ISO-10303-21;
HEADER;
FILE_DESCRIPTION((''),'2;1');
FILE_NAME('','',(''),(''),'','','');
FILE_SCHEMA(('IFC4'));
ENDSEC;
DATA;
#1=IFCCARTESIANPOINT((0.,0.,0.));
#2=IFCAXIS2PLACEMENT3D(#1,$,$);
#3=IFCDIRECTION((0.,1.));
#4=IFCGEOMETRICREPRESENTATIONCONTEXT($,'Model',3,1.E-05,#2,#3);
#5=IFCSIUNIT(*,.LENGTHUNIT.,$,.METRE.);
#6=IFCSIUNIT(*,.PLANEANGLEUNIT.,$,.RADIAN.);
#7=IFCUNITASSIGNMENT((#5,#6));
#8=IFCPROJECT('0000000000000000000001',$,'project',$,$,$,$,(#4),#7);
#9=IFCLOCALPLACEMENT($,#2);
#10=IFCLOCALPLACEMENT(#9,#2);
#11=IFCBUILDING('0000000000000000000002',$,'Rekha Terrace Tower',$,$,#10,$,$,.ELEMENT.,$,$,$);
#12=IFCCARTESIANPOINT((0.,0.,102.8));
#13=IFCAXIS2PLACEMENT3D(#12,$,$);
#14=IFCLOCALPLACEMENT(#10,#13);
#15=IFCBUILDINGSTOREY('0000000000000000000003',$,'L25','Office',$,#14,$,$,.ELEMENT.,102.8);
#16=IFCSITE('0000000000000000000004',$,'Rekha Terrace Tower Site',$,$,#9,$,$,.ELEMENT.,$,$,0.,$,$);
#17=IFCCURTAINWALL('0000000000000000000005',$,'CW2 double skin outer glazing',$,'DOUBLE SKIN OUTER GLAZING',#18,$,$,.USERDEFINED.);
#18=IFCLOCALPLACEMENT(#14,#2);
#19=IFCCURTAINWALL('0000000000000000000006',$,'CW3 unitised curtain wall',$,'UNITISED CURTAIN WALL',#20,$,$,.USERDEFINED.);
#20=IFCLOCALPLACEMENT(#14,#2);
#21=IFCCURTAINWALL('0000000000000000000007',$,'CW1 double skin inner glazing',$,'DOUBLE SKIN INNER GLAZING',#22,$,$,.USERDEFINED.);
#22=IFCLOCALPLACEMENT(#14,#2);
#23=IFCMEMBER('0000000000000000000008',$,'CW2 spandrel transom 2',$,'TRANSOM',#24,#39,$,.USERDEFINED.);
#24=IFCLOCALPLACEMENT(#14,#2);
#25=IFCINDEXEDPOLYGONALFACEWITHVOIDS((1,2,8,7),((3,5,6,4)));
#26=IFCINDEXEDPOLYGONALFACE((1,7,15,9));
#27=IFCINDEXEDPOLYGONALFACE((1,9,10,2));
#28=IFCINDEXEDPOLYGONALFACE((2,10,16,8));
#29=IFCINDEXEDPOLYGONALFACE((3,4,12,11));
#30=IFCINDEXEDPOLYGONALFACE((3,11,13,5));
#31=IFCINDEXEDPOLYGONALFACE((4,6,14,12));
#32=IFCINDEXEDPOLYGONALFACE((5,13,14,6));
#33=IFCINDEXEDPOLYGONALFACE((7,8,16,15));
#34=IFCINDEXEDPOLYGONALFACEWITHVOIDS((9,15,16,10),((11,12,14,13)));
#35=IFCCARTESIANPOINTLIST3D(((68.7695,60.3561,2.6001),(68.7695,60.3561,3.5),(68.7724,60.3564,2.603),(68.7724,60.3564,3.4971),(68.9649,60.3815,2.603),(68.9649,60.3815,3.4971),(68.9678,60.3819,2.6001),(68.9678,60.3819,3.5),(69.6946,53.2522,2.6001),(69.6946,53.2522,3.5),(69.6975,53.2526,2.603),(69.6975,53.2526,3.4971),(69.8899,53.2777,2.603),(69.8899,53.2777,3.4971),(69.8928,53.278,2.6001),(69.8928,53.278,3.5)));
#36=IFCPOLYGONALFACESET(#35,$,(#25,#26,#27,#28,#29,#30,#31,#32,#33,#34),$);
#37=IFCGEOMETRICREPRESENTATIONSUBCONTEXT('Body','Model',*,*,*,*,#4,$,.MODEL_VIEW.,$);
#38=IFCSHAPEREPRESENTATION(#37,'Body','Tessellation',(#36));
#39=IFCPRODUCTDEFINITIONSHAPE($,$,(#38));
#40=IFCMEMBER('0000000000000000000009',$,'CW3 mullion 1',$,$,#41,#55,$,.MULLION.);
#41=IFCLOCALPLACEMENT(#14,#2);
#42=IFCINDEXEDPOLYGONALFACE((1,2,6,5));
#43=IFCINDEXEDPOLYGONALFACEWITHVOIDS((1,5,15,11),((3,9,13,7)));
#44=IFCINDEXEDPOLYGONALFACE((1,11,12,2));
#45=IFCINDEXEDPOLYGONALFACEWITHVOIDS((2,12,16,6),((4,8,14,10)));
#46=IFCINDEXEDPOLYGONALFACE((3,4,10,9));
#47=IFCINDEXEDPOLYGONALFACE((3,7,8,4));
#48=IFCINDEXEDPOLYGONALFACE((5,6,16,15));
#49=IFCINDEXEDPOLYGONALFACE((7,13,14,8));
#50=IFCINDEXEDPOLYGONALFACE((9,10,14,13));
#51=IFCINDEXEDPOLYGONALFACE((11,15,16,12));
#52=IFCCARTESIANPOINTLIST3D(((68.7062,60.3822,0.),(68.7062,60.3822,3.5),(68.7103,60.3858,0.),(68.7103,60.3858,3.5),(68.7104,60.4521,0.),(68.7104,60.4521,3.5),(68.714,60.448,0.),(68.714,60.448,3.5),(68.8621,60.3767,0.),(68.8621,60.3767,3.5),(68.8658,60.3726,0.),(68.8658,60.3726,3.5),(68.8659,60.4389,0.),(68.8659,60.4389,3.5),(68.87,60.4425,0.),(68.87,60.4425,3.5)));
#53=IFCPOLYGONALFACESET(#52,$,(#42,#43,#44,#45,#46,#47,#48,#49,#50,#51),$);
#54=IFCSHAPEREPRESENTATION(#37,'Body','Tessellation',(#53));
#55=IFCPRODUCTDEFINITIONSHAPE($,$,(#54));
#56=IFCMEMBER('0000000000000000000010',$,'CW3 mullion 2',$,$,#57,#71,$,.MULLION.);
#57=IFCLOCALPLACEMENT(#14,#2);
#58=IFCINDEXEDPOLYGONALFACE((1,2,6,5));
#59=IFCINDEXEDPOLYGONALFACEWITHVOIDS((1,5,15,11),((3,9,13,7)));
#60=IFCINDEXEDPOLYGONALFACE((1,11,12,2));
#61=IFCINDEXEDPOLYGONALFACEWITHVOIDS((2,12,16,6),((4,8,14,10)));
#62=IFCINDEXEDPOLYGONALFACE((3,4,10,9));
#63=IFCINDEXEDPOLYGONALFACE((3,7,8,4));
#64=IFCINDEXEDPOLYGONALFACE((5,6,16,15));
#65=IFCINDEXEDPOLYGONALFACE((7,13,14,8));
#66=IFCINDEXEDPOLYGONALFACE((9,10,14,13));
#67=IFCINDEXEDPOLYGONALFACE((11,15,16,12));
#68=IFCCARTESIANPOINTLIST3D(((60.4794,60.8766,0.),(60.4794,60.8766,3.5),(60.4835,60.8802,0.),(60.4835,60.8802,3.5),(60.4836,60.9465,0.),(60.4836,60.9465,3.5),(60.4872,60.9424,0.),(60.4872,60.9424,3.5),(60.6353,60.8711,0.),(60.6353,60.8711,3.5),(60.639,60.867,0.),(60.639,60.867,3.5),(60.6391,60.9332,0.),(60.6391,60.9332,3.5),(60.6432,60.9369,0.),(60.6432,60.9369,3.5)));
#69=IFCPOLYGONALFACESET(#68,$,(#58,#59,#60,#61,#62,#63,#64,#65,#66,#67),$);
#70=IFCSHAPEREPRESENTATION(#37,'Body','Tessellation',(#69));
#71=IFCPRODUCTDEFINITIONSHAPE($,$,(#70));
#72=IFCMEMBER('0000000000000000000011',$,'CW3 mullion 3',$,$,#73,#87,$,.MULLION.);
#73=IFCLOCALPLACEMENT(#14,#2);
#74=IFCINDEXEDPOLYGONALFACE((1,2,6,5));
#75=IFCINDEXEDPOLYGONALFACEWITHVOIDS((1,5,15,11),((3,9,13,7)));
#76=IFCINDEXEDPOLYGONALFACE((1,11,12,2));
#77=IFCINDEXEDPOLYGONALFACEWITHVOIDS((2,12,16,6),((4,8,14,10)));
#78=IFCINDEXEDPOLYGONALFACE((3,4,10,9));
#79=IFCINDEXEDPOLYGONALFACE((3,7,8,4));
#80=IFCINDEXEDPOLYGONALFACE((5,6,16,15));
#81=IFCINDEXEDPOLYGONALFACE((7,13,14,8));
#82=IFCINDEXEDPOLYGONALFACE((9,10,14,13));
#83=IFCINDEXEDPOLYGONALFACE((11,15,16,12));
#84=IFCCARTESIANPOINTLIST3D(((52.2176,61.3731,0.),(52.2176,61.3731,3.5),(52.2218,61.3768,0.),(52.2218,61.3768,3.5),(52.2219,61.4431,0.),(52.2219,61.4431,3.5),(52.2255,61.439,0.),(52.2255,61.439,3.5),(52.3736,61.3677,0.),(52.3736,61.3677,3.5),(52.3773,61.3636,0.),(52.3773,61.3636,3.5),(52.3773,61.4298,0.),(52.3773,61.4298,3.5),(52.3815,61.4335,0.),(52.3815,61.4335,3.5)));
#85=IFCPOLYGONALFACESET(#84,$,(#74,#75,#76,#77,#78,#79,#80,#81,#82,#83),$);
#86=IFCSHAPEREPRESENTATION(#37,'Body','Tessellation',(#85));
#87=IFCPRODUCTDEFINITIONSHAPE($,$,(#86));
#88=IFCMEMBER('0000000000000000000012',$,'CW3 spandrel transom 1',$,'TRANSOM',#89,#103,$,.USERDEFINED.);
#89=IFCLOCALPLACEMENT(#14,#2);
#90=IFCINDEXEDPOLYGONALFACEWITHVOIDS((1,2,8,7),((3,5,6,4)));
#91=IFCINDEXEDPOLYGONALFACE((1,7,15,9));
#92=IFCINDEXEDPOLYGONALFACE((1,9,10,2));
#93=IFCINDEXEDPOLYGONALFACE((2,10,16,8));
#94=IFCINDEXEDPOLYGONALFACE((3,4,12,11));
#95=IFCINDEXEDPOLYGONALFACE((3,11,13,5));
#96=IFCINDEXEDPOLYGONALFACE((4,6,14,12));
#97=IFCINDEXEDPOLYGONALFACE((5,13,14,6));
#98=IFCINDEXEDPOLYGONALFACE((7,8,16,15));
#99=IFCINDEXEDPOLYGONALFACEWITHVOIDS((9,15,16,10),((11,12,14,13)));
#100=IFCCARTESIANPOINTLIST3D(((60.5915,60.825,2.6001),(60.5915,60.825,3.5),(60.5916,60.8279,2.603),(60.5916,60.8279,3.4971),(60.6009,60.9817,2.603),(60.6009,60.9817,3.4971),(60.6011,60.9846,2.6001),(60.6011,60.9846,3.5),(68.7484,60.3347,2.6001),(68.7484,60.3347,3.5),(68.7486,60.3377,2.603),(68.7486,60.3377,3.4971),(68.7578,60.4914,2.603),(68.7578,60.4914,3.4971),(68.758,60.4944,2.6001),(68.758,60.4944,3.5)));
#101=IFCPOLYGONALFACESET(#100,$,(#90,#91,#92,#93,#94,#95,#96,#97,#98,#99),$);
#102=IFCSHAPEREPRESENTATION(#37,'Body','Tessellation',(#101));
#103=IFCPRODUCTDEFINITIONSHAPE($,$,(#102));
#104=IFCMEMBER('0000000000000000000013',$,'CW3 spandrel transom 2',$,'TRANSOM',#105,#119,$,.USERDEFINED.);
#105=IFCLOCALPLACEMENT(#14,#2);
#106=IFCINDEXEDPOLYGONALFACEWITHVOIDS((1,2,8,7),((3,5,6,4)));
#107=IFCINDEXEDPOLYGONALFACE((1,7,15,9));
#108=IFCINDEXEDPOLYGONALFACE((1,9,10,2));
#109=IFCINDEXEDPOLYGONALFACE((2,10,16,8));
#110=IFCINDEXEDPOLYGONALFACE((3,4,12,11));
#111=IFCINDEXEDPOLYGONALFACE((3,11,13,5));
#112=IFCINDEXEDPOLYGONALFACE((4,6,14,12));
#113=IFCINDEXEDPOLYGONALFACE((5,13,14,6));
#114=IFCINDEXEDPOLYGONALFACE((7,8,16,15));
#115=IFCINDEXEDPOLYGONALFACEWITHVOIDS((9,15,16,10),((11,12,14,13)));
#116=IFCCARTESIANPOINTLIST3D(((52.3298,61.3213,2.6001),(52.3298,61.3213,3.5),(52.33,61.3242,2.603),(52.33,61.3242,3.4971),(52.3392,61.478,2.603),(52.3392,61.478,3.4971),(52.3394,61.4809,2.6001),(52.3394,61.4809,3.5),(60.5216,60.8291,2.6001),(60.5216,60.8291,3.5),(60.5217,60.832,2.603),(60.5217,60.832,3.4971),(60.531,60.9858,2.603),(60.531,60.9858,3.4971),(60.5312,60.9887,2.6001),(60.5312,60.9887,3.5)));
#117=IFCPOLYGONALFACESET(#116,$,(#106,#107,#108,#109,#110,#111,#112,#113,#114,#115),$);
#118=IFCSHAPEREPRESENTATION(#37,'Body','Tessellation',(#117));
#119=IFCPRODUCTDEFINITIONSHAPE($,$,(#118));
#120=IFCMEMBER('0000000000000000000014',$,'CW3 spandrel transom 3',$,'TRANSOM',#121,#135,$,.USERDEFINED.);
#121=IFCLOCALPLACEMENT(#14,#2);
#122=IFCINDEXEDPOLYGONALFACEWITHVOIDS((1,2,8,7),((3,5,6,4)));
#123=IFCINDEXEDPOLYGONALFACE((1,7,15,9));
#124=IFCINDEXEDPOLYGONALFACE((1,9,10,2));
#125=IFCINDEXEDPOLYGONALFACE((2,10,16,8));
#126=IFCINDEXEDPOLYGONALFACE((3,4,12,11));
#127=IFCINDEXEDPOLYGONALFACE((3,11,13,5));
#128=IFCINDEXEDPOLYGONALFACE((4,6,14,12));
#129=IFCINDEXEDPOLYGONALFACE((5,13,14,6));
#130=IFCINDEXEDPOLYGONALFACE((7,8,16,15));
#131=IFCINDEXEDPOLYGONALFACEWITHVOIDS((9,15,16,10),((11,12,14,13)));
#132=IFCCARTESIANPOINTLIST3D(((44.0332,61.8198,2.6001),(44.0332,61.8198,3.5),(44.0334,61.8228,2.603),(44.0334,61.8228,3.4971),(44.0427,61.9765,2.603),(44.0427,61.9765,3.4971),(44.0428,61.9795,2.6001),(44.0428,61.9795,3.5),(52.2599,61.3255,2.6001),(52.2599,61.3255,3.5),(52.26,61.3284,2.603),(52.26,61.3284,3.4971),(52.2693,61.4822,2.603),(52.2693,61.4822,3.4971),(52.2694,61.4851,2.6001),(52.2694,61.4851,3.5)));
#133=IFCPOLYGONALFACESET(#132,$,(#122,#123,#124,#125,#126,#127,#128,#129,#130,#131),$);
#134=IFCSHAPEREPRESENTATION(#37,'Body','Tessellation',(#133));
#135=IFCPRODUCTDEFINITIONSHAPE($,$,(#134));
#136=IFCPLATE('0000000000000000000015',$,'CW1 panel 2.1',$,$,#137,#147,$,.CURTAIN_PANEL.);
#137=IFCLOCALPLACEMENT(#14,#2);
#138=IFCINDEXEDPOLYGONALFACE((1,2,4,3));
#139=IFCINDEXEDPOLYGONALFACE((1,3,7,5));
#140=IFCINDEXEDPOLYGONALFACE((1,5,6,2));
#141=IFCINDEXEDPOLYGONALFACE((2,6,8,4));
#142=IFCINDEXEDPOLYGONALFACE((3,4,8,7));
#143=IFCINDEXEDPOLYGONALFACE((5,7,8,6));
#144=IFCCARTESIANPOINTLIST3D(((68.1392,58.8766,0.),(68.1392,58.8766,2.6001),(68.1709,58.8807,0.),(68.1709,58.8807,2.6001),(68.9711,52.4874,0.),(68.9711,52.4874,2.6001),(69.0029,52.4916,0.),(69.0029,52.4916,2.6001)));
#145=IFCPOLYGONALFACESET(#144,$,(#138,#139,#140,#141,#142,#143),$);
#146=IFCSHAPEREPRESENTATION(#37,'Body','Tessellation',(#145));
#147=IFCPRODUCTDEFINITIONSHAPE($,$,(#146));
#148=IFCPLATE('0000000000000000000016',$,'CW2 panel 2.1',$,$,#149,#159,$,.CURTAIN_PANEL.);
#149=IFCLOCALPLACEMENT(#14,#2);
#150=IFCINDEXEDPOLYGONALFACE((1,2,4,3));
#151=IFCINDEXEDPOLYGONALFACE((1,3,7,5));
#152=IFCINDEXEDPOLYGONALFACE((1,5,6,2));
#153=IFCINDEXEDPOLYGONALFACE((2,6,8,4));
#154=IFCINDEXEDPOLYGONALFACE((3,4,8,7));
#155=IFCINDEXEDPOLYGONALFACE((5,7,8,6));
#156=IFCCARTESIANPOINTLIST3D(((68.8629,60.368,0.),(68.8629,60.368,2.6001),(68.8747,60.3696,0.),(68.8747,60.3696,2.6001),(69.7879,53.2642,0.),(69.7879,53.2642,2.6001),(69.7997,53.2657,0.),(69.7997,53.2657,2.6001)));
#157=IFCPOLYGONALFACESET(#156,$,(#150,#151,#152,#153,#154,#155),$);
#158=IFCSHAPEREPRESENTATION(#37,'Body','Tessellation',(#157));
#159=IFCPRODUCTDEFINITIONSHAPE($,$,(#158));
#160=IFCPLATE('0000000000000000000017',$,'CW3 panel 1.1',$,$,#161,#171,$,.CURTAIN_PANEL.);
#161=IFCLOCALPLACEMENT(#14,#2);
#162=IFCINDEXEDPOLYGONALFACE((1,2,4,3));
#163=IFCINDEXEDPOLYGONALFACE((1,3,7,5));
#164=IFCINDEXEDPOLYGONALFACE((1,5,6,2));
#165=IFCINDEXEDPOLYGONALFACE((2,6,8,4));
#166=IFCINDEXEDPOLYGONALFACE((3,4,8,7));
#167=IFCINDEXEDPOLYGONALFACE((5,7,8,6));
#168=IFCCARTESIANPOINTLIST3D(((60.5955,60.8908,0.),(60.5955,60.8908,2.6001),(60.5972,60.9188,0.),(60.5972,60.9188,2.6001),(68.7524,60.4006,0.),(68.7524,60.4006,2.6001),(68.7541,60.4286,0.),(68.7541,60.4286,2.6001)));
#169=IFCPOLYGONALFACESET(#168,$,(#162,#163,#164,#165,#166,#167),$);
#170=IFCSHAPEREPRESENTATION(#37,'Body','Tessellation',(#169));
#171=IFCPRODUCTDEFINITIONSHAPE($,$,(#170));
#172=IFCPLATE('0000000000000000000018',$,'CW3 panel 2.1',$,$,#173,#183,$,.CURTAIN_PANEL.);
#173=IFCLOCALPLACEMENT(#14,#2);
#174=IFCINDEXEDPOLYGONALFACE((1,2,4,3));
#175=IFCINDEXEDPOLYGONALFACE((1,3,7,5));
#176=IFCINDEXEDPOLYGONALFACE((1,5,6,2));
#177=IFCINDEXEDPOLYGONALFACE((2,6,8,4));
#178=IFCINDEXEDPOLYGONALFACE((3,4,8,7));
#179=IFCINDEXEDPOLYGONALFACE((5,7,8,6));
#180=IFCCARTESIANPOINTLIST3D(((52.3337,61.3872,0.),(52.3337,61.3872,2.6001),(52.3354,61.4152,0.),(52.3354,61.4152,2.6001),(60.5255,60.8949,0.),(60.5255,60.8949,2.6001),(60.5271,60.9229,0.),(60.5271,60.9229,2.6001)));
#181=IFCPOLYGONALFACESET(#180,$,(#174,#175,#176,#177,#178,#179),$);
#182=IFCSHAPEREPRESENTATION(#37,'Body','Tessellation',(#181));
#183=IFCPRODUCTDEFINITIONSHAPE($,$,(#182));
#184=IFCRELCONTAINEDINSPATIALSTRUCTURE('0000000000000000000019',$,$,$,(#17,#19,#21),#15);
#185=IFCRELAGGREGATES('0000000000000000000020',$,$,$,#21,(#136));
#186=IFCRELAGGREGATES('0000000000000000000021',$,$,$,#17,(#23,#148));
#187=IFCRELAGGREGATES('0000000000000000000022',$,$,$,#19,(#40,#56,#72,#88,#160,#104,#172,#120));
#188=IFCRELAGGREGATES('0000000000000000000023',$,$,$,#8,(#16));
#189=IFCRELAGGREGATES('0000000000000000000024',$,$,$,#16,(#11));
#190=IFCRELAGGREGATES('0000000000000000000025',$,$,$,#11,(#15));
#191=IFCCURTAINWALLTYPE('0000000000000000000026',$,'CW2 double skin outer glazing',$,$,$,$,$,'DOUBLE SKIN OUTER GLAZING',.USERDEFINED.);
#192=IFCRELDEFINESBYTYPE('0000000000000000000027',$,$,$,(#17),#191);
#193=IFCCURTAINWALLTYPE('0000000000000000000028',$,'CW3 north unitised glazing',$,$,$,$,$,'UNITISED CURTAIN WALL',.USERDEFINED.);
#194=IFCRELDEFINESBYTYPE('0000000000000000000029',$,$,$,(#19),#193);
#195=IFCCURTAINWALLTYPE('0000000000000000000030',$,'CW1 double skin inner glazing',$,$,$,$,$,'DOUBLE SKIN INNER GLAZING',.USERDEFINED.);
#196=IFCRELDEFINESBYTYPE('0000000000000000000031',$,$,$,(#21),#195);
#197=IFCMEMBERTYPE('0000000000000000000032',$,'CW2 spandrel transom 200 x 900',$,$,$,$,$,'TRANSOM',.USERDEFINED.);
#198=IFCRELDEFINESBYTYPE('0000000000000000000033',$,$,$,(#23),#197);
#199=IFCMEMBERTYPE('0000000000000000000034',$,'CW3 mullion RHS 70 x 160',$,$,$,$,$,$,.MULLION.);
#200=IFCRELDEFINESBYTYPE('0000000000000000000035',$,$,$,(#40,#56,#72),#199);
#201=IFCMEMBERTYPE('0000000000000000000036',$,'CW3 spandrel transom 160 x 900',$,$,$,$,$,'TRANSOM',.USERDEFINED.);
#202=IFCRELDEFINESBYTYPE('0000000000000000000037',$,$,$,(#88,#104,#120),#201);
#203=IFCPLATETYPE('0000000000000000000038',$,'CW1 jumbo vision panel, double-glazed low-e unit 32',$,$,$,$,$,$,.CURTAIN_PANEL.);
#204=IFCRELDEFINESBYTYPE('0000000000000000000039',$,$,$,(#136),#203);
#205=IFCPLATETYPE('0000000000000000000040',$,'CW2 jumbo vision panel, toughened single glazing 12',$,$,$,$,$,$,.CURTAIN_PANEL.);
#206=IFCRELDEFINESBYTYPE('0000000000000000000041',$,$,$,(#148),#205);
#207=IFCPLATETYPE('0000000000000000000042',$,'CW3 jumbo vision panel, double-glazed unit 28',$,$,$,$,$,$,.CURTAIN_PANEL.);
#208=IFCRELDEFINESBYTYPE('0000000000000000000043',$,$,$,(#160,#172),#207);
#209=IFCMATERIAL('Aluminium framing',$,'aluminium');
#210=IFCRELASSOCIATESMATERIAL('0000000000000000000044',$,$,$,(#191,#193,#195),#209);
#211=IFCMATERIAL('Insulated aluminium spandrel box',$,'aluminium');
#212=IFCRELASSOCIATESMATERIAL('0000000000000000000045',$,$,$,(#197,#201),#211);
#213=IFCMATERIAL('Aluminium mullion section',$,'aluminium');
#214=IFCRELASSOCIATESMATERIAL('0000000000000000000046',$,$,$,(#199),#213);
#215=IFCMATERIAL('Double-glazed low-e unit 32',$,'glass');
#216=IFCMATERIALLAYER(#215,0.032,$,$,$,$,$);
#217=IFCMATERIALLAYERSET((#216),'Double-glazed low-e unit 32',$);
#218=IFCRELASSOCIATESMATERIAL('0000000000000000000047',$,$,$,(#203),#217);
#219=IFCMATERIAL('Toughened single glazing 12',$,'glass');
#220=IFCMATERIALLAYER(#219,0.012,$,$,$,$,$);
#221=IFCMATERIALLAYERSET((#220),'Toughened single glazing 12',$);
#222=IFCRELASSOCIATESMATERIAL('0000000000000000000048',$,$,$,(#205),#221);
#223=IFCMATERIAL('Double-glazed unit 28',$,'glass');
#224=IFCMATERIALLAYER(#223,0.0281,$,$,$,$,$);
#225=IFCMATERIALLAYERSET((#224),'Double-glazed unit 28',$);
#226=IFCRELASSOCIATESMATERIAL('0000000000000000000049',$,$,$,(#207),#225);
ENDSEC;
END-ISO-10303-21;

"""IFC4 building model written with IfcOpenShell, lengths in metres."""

from ifc_helpers import new_model, si_unit, direction, frame, origin, origin_2d, place, context, subcontext, project, spatial, rectangle, hollow_rectangle, extrude, material, layer, layer_set, material_profile, profile_set, type_object, element, aggregate, save


model = new_model("IFC4")

# Units and contexts
model_context = context("Model", 3, precision=1e-05, world=origin(), true_north=direction((0.0, 1.0)))
body_context = subcontext(model_context, "Body", "Model", "MODEL_VIEW")
ifc_project = project(units=[si_unit("LENGTHUNIT", "METRE"), si_unit("PLANEANGLEUNIT", "RADIAN")], contexts=[model_context])

# Site, building, storey
site_placement = place(None, origin())
site = spatial("IfcSite", under=ifc_project, at=site_placement, Name="Rekha Terrace Tower Site", CompositionType="ELEMENT", RefElevation=0.0)
building_placement = place(site_placement, origin())
building = spatial("IfcBuilding", under=site, at=building_placement, Name="Rekha Terrace Tower", CompositionType="ELEMENT")
storey_placement = place(building_placement, frame((0.0, 0.0, 102.8)))
storey = spatial("IfcBuildingStorey", under=building, at=storey_placement, Name="L25", Description="Office", CompositionType="ELEMENT", Elevation=102.8)

# Curtain wall
ifc_material_1 = material(Name="Aluminium framing", Category="aluminium")
curtain_wall_type_1 = type_object("IfcCurtainWallType", Name="CW2 double skin outer glazing", ElementType="DOUBLE SKIN OUTER GLAZING", PredefinedType="USERDEFINED", material=ifc_material_1)
curtain_wall_1_placement = place(storey_placement, origin())
curtain_wall_1 = element("IfcCurtainWall", 1, at=curtain_wall_1_placement, inside=storey, type_object=curtain_wall_type_1, Name="CW2 double skin outer glazing", ObjectType="DOUBLE SKIN OUTER GLAZING", PredefinedType="USERDEFINED")

# Curtain walls
curtain_wall_type_2 = type_object("IfcCurtainWallType", Name="CW3 north unitised glazing", ElementType="UNITISED CURTAIN WALL", PredefinedType="USERDEFINED", material=ifc_material_1)
curtain_wall_2_placement = place(storey_placement, origin())
curtain_wall_2 = element("IfcCurtainWall", 2, at=curtain_wall_2_placement, inside=storey, type_object=curtain_wall_type_2, Name="CW3 unitised curtain wall", ObjectType="UNITISED CURTAIN WALL", PredefinedType="USERDEFINED")
curtain_wall_type_3 = type_object("IfcCurtainWallType", Name="CW1 double skin inner glazing", ElementType="DOUBLE SKIN INNER GLAZING", PredefinedType="USERDEFINED", material=ifc_material_1)
curtain_wall_3_placement = place(storey_placement, origin())
curtain_wall_3 = element("IfcCurtainWall", 3, at=curtain_wall_3_placement, inside=storey, type_object=curtain_wall_type_3, Name="CW1 double skin inner glazing", ObjectType="DOUBLE SKIN INNER GLAZING", PredefinedType="USERDEFINED")
ifc_material_2 = material(Name="Aluminium mullion section", Category="aluminium")
ifc_material_3 = material(Name="Insulated aluminium spandrel box", Category="aluminium")

# Members
ifc_material_profile_1 = material_profile(ifc_material_3, hollow_rectangle(XDim=0.2, YDim=0.8999, WallThickness=0.0029, at=origin_2d()), Name="AL SPANDREL BOX 200x900")
ifc_profile_set_1 = profile_set([ifc_material_profile_1], Name="Insulated aluminium spandrel box")
member_type_1 = type_object("IfcMemberType", Name="CW2 spandrel transom 200 x 900", ElementType="TRANSOM", PredefinedType="USERDEFINED", material=ifc_profile_set_1)
member_1_placement = place(storey_placement, frame((69.7937, 53.2651, 3.05), z_axis=(-0.129129, 0.991628, 0.0), x_axis=(-0.991628, -0.129129, 0.0)))
member_1 = element("IfcMember", 4, at=member_1_placement, type_object=member_type_1, Name="CW2 spandrel transom 2", ObjectType="TRANSOM", PredefinedType="USERDEFINED", context=body_context, shape_type="SweptSolid", body=[
    extrude(hollow_rectangle(XDim=0.2, YDim=0.8999, WallThickness=0.0029, at=origin_2d()), origin(), (0.0, 0.0, 1.0), 7.1638),
])
ifc_material_profile_2 = material_profile(ifc_material_2, hollow_rectangle(XDim=0.0701, YDim=0.1599, WallThickness=0.0039, at=origin_2d()), Name="AL RHS 70x160")
ifc_profile_set_2 = profile_set([ifc_material_profile_2], Name="Aluminium mullion section")
member_type_2 = type_object("IfcMemberType", Name="CW3 mullion RHS 70 x 160", PredefinedType="MULLION", material=ifc_profile_set_2)
member_2_placement = place(storey_placement, frame((68.7881, 60.4124, 0.0), z_axis=(0.0, 0.0, 1.0), x_axis=(-0.059988, -0.998199, 0.0)))
member_2 = element("IfcMember", 5, at=member_2_placement, type_object=member_type_2, Name="CW3 mullion 1", PredefinedType="MULLION", context=body_context, shape_type="SweptSolid", body=[
    extrude(hollow_rectangle(XDim=0.0701, YDim=0.1599, WallThickness=0.0039, at=origin_2d()), origin(), (0.0, 0.0, 1.0), 3.5),
])
member_3_placement = place(storey_placement, frame((60.5613, 60.9067, 0.0), z_axis=(0.0, 0.0, 1.0), x_axis=(-0.059988, -0.998199, 0.0)))
member_3 = element("IfcMember", 6, at=member_3_placement, type_object=member_type_2, Name="CW3 mullion 2", PredefinedType="MULLION", context=body_context, shape_type="SweptSolid", body=[
    extrude(hollow_rectangle(XDim=0.0701, YDim=0.1599, WallThickness=0.0039, at=origin_2d()), origin(), (0.0, 0.0, 1.0), 3.5),
])
member_4_placement = place(storey_placement, frame((52.2996, 61.4033, 0.0), z_axis=(0.0, 0.0, 1.0), x_axis=(-0.059988, -0.998199, 0.0)))
member_4 = element("IfcMember", 7, at=member_4_placement, type_object=member_type_2, Name="CW3 mullion 3", PredefinedType="MULLION", context=body_context, shape_type="SweptSolid", body=[
    extrude(hollow_rectangle(XDim=0.0701, YDim=0.1599, WallThickness=0.0039, at=origin_2d()), origin(), (0.0, 0.0, 1.0), 3.5),
])
ifc_material_profile_3 = material_profile(ifc_material_3, hollow_rectangle(XDim=0.1599, YDim=0.8999, WallThickness=0.0029, at=origin_2d()), Name="AL SPANDREL BOX 160x900")
ifc_profile_set_3 = profile_set([ifc_material_profile_3], Name="Insulated aluminium spandrel box")
member_type_3 = type_object("IfcMemberType", Name="CW3 spandrel transom 160 x 900", ElementType="TRANSOM", PredefinedType="USERDEFINED", material=ifc_profile_set_3)
member_5_placement = place(storey_placement, frame((68.7532, 60.4146, 3.05), z_axis=(-0.998199, 0.059992, 0.0), x_axis=(-0.059992, -0.998199, 0.0)))
member_5 = element("IfcMember", 8, at=member_5_placement, type_object=member_type_3, Name="CW3 spandrel transom 1", ObjectType="TRANSOM", PredefinedType="USERDEFINED", context=body_context, shape_type="SweptSolid", body=[
    extrude(hollow_rectangle(XDim=0.1599, YDim=0.8999, WallThickness=0.0029, at=origin_2d()), origin(), (0.0, 0.0, 1.0), 8.1716),
])
member_6_placement = place(storey_placement, frame((60.5264, 60.9089, 3.05), z_axis=(-0.9982, 0.059976, 0.0), x_axis=(-0.059976, -0.9982, 0.0)))
member_6 = element("IfcMember", 9, at=member_6_placement, type_object=member_type_3, Name="CW3 spandrel transom 2", ObjectType="TRANSOM", PredefinedType="USERDEFINED", context=body_context, shape_type="SweptSolid", body=[
    extrude(hollow_rectangle(XDim=0.1599, YDim=0.8999, WallThickness=0.0029, at=origin_2d()), origin(), (0.0, 0.0, 1.0), 8.2065),
])
member_7_placement = place(storey_placement, frame((52.2646, 61.4053, 3.05), z_axis=(-0.998199, 0.059988, 0.0), x_axis=(-0.059988, -0.998199, 0.0)))
member_7 = element("IfcMember", 10, at=member_7_placement, type_object=member_type_3, Name="CW3 spandrel transom 3", ObjectType="TRANSOM", PredefinedType="USERDEFINED", context=body_context, shape_type="SweptSolid", body=[
    extrude(hollow_rectangle(XDim=0.1599, YDim=0.8999, WallThickness=0.0029, at=origin_2d()), origin(), (0.0, 0.0, 1.0), 8.2415),
])

# Plates
ifc_material_4 = material(Name="Double-glazed low-e unit 32", Category="glass")
ifc_layer_1 = layer(ifc_material_4, 0.032)
ifc_layer_set_1 = layer_set([ifc_layer_1], Name="Double-glazed low-e unit 32")
plate_type_1 = type_object("IfcPlateType", Name="CW1 jumbo vision panel, double-glazed low-e unit 32", PredefinedType="CURTAIN_PANEL", material=ifc_layer_set_1)
plate_1_placement = place(storey_placement, frame((68.571, 55.6841, 0.0), z_axis=(0.0, 0.0, 1.0), x_axis=(-0.129118, 0.991629, 0.0)))
plate_1 = element("IfcPlate", 11, at=plate_1_placement, type_object=plate_type_1, Name="CW1 panel 2.1", PredefinedType="CURTAIN_PANEL", context=body_context, shape_type="SweptSolid", body=[
    extrude(rectangle(XDim=6.4431, YDim=0.032, at=origin_2d()), origin(), (0.0, 0.0, 1.0), 2.6001),
])
aggregate(curtain_wall_3, [plate_1])
ifc_material_5 = material(Name="Toughened single glazing 12", Category="glass")
ifc_layer_2 = layer(ifc_material_5, 0.012)
ifc_layer_set_2 = layer_set([ifc_layer_2], Name="Toughened single glazing 12")
plate_type_2 = type_object("IfcPlateType", Name="CW2 jumbo vision panel, toughened single glazing 12", PredefinedType="CURTAIN_PANEL", material=ifc_layer_set_2)
plate_2_placement = place(storey_placement, frame((69.3313, 56.8169, 0.0), z_axis=(0.0, 0.0, 1.0), x_axis=(-0.129118, 0.991629, 0.0)))
plate_2 = element("IfcPlate", 12, at=plate_2_placement, type_object=plate_type_2, Name="CW2 panel 2.1", PredefinedType="CURTAIN_PANEL", context=body_context, shape_type="SweptSolid", body=[
    extrude(rectangle(XDim=7.1638, YDim=0.012, at=origin_2d()), origin(), (0.0, 0.0, 1.0), 2.6001),
])
aggregate(curtain_wall_1, [member_1, plate_2])
ifc_material_6 = material(Name="Double-glazed unit 28", Category="glass")
ifc_layer_3 = layer(ifc_material_6, 0.0281)
ifc_layer_set_3 = layer_set([ifc_layer_3], Name="Double-glazed unit 28")
plate_type_3 = type_object("IfcPlateType", Name="CW3 jumbo vision panel, double-glazed unit 28", PredefinedType="CURTAIN_PANEL", material=ifc_layer_set_3)
plate_3_placement = place(storey_placement, frame((64.6748, 60.6597, 0.0), z_axis=(0.0, 0.0, 1.0), x_axis=(-0.998199, 0.059988, 0.0)))
plate_3 = element("IfcPlate", 13, at=plate_3_placement, type_object=plate_type_3, Name="CW3 panel 1.1", PredefinedType="CURTAIN_PANEL", context=body_context, shape_type="SweptSolid", body=[
    extrude(rectangle(XDim=8.1716, YDim=0.0281, at=origin_2d()), origin(), (0.0, 0.0, 1.0), 2.6001),
])
plate_4_placement = place(storey_placement, frame((56.4304, 61.155, 0.0), z_axis=(0.0, 0.0, 1.0), x_axis=(-0.998199, 0.059988, 0.0)))
plate_4 = element("IfcPlate", 14, at=plate_4_placement, type_object=plate_type_3, Name="CW3 panel 2.1", PredefinedType="CURTAIN_PANEL", context=body_context, shape_type="SweptSolid", body=[
    extrude(rectangle(XDim=8.2065, YDim=0.0281, at=origin_2d()), origin(), (0.0, 0.0, 1.0), 2.6001),
])
aggregate(curtain_wall_2, [member_2, member_3, member_4, member_5, plate_3, member_6, plate_4, member_7])

save(model, "model.ifc")
